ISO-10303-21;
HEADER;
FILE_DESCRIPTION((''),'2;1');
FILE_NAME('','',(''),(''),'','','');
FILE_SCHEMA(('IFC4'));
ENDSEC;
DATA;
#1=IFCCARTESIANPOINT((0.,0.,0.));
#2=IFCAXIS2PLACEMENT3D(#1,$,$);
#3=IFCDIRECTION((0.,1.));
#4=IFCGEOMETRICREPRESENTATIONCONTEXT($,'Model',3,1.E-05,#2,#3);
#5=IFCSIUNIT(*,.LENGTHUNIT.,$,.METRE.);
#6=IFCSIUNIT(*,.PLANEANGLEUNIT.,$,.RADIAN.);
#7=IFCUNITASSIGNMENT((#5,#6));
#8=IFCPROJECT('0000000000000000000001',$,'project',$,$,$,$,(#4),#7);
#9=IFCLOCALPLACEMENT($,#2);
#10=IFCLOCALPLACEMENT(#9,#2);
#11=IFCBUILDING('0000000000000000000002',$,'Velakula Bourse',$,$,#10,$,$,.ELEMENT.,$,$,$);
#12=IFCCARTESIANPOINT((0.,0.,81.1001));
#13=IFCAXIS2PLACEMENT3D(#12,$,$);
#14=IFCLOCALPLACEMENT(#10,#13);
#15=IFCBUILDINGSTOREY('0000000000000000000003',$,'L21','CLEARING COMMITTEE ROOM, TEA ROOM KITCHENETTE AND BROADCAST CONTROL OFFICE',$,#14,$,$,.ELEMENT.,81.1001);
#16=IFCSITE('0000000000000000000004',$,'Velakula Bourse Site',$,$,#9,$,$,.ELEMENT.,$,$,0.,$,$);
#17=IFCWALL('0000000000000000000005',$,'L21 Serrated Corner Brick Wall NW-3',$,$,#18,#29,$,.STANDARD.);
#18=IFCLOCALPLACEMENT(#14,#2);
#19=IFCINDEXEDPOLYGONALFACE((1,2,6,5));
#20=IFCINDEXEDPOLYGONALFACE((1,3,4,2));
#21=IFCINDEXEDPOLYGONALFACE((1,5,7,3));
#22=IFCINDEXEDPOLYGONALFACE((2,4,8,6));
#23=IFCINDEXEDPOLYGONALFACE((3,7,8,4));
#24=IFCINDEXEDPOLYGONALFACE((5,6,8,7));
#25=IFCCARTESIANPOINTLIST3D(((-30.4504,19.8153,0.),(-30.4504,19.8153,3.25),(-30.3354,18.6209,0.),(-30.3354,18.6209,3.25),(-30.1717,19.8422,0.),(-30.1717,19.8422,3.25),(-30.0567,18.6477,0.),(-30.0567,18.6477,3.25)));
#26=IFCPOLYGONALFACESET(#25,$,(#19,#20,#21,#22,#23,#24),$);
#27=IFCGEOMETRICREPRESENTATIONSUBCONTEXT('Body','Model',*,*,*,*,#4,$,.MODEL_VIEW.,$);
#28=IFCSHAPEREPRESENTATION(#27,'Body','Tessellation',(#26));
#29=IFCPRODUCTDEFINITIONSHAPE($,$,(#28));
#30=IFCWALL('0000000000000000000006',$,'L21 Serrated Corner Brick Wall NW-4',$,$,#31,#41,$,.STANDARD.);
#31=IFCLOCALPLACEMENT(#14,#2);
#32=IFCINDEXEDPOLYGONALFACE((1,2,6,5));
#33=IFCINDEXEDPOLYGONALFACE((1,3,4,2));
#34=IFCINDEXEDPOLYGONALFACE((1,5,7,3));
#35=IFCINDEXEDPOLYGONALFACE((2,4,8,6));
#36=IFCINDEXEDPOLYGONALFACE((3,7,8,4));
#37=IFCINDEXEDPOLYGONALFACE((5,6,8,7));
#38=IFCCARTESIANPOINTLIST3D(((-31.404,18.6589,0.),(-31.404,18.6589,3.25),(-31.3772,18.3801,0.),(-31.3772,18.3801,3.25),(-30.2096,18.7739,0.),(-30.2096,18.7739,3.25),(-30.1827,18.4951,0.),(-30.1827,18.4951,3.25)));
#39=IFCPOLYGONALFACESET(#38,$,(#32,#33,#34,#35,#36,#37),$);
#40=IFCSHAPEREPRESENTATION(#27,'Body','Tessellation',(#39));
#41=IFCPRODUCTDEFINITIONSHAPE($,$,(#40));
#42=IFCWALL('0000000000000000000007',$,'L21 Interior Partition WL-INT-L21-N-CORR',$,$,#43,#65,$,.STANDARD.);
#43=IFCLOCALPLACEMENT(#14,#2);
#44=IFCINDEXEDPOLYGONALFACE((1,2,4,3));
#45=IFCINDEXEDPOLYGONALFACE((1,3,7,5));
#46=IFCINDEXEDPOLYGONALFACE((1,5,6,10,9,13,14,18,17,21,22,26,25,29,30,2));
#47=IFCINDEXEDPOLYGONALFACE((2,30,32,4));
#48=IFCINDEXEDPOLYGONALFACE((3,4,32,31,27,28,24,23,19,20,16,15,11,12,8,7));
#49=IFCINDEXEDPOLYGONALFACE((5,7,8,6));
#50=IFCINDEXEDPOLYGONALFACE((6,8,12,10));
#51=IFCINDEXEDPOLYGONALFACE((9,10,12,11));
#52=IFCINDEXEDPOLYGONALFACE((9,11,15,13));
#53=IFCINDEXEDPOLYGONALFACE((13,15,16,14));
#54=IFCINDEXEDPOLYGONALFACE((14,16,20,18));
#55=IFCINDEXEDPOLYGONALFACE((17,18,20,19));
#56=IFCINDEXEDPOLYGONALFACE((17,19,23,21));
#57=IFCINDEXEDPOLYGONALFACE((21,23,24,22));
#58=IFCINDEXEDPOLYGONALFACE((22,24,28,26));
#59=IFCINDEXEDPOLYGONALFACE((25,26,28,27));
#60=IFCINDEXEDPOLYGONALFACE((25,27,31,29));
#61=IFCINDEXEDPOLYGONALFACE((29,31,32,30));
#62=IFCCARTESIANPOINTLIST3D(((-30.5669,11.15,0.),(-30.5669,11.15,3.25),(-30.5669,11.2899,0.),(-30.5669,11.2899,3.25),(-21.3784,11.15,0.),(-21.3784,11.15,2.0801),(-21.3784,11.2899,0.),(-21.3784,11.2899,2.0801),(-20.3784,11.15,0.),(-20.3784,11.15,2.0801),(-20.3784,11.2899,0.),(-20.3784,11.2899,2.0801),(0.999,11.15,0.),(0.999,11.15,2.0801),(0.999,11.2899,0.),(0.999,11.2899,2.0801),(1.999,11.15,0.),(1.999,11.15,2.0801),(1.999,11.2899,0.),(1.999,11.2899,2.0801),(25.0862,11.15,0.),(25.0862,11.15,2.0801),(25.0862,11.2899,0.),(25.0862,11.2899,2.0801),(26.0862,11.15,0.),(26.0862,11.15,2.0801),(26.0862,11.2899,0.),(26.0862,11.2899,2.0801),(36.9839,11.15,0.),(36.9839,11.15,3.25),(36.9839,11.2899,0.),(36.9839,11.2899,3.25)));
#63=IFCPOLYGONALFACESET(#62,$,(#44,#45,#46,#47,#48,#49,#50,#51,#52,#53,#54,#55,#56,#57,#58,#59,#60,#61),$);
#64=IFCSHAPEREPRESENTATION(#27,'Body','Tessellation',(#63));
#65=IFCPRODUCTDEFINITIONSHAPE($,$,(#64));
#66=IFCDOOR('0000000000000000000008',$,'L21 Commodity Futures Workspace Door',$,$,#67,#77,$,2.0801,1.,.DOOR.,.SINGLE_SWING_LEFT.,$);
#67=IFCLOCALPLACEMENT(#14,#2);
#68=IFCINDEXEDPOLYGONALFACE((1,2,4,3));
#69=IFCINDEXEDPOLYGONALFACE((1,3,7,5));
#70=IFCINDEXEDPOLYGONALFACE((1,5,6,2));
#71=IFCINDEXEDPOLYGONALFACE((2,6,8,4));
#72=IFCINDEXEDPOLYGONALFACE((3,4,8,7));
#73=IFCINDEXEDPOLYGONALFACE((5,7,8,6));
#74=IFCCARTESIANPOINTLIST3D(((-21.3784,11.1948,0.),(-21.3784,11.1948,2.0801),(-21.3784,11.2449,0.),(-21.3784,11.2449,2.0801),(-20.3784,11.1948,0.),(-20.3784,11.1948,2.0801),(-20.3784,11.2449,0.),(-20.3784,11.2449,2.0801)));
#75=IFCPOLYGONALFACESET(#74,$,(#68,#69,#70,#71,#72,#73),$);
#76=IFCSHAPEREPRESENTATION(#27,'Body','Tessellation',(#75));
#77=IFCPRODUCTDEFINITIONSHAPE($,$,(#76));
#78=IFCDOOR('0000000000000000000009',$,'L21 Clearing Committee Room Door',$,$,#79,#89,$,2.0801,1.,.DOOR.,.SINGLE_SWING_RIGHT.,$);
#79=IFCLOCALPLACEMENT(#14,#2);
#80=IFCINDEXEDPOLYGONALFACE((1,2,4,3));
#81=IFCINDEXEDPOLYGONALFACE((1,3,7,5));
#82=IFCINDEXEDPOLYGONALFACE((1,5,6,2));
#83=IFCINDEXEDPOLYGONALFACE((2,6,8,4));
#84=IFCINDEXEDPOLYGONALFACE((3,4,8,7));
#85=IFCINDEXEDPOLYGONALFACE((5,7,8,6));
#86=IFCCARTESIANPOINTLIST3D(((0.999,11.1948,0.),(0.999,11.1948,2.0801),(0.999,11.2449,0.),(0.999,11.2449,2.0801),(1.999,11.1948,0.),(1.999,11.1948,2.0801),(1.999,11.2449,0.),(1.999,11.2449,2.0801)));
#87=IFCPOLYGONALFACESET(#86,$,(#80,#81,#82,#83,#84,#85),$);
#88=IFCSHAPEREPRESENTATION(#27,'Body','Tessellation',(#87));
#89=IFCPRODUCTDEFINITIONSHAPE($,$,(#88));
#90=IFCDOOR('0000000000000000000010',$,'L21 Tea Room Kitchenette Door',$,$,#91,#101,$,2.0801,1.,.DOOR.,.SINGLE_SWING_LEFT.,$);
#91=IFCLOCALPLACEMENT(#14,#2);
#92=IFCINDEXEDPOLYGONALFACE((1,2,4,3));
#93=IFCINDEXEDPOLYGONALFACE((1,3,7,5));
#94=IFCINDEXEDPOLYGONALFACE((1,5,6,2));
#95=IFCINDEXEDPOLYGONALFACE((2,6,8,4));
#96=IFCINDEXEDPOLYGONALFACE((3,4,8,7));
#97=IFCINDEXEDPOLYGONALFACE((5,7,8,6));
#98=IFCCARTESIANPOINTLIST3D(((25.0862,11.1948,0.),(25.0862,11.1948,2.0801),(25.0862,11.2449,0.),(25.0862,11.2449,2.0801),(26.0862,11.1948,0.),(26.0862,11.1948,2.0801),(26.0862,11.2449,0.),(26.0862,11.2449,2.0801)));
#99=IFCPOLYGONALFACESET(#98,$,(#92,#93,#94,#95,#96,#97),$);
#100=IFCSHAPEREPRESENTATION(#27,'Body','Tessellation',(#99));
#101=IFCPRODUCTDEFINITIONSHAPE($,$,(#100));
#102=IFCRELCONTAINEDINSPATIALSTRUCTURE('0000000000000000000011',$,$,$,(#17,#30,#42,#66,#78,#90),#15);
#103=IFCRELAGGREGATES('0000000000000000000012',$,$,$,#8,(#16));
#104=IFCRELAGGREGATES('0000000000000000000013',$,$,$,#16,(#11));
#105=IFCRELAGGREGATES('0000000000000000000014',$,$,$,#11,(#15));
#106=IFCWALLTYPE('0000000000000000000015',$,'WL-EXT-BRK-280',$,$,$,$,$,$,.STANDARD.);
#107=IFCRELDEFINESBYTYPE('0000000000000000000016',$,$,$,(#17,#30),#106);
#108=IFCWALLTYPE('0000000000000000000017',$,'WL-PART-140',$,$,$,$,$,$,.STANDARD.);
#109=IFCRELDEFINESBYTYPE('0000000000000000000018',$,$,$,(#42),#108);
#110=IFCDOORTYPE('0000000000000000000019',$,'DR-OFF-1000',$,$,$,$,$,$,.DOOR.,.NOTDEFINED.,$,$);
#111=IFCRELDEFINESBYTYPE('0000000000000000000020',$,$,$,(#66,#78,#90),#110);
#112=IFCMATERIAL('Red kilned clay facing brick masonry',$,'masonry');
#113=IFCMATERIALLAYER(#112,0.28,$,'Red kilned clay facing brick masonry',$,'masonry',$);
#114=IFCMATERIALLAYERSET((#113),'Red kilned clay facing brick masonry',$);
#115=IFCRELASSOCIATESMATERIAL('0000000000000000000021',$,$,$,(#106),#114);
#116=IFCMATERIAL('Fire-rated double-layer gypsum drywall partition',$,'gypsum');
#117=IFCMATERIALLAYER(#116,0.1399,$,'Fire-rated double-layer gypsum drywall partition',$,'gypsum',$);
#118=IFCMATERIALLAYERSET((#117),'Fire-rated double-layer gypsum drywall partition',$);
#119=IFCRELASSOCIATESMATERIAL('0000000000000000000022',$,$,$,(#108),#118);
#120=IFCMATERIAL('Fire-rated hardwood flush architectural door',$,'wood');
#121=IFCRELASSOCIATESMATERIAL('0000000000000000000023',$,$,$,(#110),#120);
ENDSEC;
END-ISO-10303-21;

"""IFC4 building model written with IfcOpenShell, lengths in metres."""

from ifc_helpers import new_model, si_unit, direction, frame, frame_2d, origin, place, context, subcontext, project, spatial, rectangle, extrude, material, layer, layer_set, type_object, element, fill, save


model = new_model("IFC4")

# Units and contexts
model_context = context("Model", 3, precision=1e-05, world=origin(), true_north=direction((0.0, 1.0)))
body_context = subcontext(model_context, "Body", "Model", "MODEL_VIEW")
ifc_project = project(units=[si_unit("LENGTHUNIT", "METRE"), si_unit("PLANEANGLEUNIT", "RADIAN")], contexts=[model_context])

# Site, building, storey
site_placement = place(None, origin())
site = spatial("IfcSite", under=ifc_project, at=site_placement, Name="Velakula Bourse Site", CompositionType="ELEMENT", RefElevation=0.0)
building_placement = place(site_placement, origin())
building = spatial("IfcBuilding", under=site, at=building_placement, Name="Velakula Bourse", CompositionType="ELEMENT")
storey_placement = place(building_placement, frame((0.0, 0.0, 81.1001)))
storey = spatial("IfcBuildingStorey", under=building, at=storey_placement, Name="L21", Description="CLEARING COMMITTEE ROOM, TEA ROOM KITCHENETTE AND BROADCAST CONTROL OFFICE", CompositionType="ELEMENT", Elevation=81.1001)

# Shared definitions
ifc_material_1 = material(Name="Red kilned clay facing brick masonry", Category="masonry")
ifc_layer_1 = layer(ifc_material_1, 0.28, Name="Red kilned clay facing brick masonry", Category="masonry")
ifc_layer_set_1 = layer_set([ifc_layer_1], Name="Red kilned clay facing brick masonry")
wall_type_1 = type_object("IfcWallType", Name="WL-EXT-BRK-280", PredefinedType="STANDARD", material=ifc_layer_set_1)

# Walls
for number, where, z_axis, x_axis, name in (
    (1, (-30.311, 19.8289, 0.0), (0.0, 0.0, 1.0), (0.095836, -0.995397, 0.0), "L21 Serrated Corner Brick Wall NW-3"),
    (2, (-30.196, 18.6345, 0.0), (0.0, 0.0, 1.0), (-0.995397, -0.095836, 0.0), "L21 Serrated Corner Brick Wall NW-4"),
):
    element("IfcWall", number, at=place(storey_placement, frame(where, z_axis=z_axis, x_axis=x_axis)), inside=storey, type_object=wall_type_1, Name=name, PredefinedType="STANDARD", context=body_context, shape_type="SweptSolid", body=[
        extrude(rectangle(XDim=1.2, YDim=0.28, at=frame_2d((0.6001, 0.0))), origin(), (0.0, 0.0, 1.0), 3.25),
    ])

# Wall, openings, doors
ifc_material_2 = material(Name="Fire-rated double-layer gypsum drywall partition", Category="gypsum")
ifc_layer_2 = layer(ifc_material_2, 0.1399, Name="Fire-rated double-layer gypsum drywall partition", Category="gypsum")
ifc_layer_set_2 = layer_set([ifc_layer_2], Name="Fire-rated double-layer gypsum drywall partition")
wall_type_2 = type_object("IfcWallType", Name="WL-PART-140", PredefinedType="STANDARD", material=ifc_layer_set_2)
wall_1_placement = place(storey_placement, frame((-30.5669, 11.22, 0.0), z_axis=(0.0, 0.0, 1.0), x_axis=(1.0, 0.0, 0.0)))
wall_1 = element("IfcWall", 3, at=wall_1_placement, inside=storey, type_object=wall_type_2, Name="L21 Interior Partition WL-INT-L21-N-CORR", PredefinedType="STANDARD", context=body_context, shape_type="SweptSolid", body=[
    extrude(rectangle(XDim=67.5508, YDim=0.1399, at=frame_2d((33.7754, 0.0))), origin(), (0.0, 0.0, 1.0), 3.25),
])
opening_1_placement = place(wall_1_placement, frame((9.1885, 0.0, 0.0)))
opening_1 = element("IfcOpeningElement", 4, at=opening_1_placement, cuts=wall_1, PredefinedType="OPENING", context=body_context, shape_type="SweptSolid", body=[
    extrude(rectangle(XDim=1.0, YDim=2.0801, at=frame_2d((0.5, 1.04))), frame((0.0, 0.0798, 0.0), z_axis=(0.0, -1.0, 0.0), x_axis=(1.0, 0.0, 0.0)), (0.0, 0.0, 1.0), 0.1599),
])
opening_2_placement = place(wall_1_placement, frame((31.5659, 0.0, 0.0)))
opening_2 = element("IfcOpeningElement", 5, at=opening_2_placement, cuts=wall_1, PredefinedType="OPENING", context=body_context, shape_type="SweptSolid", body=[
    extrude(rectangle(XDim=1.0, YDim=2.0801, at=frame_2d((0.5, 1.04))), frame((0.0, 0.0798, 0.0), z_axis=(0.0, -1.0, 0.0), x_axis=(1.0, 0.0, 0.0)), (0.0, 0.0, 1.0), 0.1599),
])
opening_3_placement = place(wall_1_placement, frame((55.6531, 0.0, 0.0)))
opening_3 = element("IfcOpeningElement", 6, at=opening_3_placement, cuts=wall_1, PredefinedType="OPENING", context=body_context, shape_type="SweptSolid", body=[
    extrude(rectangle(XDim=1.0, YDim=2.0801, at=frame_2d((0.5, 1.04))), frame((0.0, 0.0798, 0.0), z_axis=(0.0, -1.0, 0.0), x_axis=(1.0, 0.0, 0.0)), (0.0, 0.0, 1.0), 0.1599),
])
ifc_material_3 = material(Name="Fire-rated hardwood flush architectural door", Category="wood")
door_type = type_object("IfcDoorType", Name="DR-OFF-1000", OperationType="NOTDEFINED", PredefinedType="DOOR", material=ifc_material_3)
door_1_placement = place(opening_1_placement, origin())
door_1 = element("IfcDoor", 7, at=door_1_placement, inside=storey, type_object=door_type, Name="L21 Commodity Futures Workspace Door", OperationType="SINGLE_SWING_LEFT", OverallHeight=2.0801, OverallWidth=1.0, PredefinedType="DOOR", context=body_context, shape_type="SweptSolid", body=[
    extrude(rectangle(XDim=1.0, YDim=2.0801, at=frame_2d((0.5, 1.04))), frame((0.0, 0.0249, 0.0), z_axis=(0.0, -1.0, 0.0), x_axis=(1.0, 0.0, 0.0)), (0.0, 0.0, 1.0), 0.05),
])
fill(opening_1, door_1)
door_2_placement = place(opening_2_placement, origin())
door_2 = element("IfcDoor", 8, at=door_2_placement, inside=storey, type_object=door_type, Name="L21 Clearing Committee Room Door", OperationType="SINGLE_SWING_RIGHT", OverallHeight=2.0801, OverallWidth=1.0, PredefinedType="DOOR", context=body_context, shape_type="SweptSolid", body=[
    extrude(rectangle(XDim=1.0, YDim=2.0801, at=frame_2d((0.5, 1.04))), frame((0.0, 0.0249, 0.0), z_axis=(0.0, -1.0, 0.0), x_axis=(1.0, 0.0, 0.0)), (0.0, 0.0, 1.0), 0.05),
])
fill(opening_2, door_2)
door_3_placement = place(opening_3_placement, origin())
door_3 = element("IfcDoor", 9, at=door_3_placement, inside=storey, type_object=door_type, Name="L21 Tea Room Kitchenette Door", OperationType="SINGLE_SWING_LEFT", OverallHeight=2.0801, OverallWidth=1.0, PredefinedType="DOOR", context=body_context, shape_type="SweptSolid", body=[
    extrude(rectangle(XDim=1.0, YDim=2.0801, at=frame_2d((0.5, 1.04))), frame((0.0, 0.0249, 0.0), z_axis=(0.0, -1.0, 0.0), x_axis=(1.0, 0.0, 0.0)), (0.0, 0.0, 1.0), 0.05),
])
fill(opening_3, door_3)

save(model, "model.ifc")
